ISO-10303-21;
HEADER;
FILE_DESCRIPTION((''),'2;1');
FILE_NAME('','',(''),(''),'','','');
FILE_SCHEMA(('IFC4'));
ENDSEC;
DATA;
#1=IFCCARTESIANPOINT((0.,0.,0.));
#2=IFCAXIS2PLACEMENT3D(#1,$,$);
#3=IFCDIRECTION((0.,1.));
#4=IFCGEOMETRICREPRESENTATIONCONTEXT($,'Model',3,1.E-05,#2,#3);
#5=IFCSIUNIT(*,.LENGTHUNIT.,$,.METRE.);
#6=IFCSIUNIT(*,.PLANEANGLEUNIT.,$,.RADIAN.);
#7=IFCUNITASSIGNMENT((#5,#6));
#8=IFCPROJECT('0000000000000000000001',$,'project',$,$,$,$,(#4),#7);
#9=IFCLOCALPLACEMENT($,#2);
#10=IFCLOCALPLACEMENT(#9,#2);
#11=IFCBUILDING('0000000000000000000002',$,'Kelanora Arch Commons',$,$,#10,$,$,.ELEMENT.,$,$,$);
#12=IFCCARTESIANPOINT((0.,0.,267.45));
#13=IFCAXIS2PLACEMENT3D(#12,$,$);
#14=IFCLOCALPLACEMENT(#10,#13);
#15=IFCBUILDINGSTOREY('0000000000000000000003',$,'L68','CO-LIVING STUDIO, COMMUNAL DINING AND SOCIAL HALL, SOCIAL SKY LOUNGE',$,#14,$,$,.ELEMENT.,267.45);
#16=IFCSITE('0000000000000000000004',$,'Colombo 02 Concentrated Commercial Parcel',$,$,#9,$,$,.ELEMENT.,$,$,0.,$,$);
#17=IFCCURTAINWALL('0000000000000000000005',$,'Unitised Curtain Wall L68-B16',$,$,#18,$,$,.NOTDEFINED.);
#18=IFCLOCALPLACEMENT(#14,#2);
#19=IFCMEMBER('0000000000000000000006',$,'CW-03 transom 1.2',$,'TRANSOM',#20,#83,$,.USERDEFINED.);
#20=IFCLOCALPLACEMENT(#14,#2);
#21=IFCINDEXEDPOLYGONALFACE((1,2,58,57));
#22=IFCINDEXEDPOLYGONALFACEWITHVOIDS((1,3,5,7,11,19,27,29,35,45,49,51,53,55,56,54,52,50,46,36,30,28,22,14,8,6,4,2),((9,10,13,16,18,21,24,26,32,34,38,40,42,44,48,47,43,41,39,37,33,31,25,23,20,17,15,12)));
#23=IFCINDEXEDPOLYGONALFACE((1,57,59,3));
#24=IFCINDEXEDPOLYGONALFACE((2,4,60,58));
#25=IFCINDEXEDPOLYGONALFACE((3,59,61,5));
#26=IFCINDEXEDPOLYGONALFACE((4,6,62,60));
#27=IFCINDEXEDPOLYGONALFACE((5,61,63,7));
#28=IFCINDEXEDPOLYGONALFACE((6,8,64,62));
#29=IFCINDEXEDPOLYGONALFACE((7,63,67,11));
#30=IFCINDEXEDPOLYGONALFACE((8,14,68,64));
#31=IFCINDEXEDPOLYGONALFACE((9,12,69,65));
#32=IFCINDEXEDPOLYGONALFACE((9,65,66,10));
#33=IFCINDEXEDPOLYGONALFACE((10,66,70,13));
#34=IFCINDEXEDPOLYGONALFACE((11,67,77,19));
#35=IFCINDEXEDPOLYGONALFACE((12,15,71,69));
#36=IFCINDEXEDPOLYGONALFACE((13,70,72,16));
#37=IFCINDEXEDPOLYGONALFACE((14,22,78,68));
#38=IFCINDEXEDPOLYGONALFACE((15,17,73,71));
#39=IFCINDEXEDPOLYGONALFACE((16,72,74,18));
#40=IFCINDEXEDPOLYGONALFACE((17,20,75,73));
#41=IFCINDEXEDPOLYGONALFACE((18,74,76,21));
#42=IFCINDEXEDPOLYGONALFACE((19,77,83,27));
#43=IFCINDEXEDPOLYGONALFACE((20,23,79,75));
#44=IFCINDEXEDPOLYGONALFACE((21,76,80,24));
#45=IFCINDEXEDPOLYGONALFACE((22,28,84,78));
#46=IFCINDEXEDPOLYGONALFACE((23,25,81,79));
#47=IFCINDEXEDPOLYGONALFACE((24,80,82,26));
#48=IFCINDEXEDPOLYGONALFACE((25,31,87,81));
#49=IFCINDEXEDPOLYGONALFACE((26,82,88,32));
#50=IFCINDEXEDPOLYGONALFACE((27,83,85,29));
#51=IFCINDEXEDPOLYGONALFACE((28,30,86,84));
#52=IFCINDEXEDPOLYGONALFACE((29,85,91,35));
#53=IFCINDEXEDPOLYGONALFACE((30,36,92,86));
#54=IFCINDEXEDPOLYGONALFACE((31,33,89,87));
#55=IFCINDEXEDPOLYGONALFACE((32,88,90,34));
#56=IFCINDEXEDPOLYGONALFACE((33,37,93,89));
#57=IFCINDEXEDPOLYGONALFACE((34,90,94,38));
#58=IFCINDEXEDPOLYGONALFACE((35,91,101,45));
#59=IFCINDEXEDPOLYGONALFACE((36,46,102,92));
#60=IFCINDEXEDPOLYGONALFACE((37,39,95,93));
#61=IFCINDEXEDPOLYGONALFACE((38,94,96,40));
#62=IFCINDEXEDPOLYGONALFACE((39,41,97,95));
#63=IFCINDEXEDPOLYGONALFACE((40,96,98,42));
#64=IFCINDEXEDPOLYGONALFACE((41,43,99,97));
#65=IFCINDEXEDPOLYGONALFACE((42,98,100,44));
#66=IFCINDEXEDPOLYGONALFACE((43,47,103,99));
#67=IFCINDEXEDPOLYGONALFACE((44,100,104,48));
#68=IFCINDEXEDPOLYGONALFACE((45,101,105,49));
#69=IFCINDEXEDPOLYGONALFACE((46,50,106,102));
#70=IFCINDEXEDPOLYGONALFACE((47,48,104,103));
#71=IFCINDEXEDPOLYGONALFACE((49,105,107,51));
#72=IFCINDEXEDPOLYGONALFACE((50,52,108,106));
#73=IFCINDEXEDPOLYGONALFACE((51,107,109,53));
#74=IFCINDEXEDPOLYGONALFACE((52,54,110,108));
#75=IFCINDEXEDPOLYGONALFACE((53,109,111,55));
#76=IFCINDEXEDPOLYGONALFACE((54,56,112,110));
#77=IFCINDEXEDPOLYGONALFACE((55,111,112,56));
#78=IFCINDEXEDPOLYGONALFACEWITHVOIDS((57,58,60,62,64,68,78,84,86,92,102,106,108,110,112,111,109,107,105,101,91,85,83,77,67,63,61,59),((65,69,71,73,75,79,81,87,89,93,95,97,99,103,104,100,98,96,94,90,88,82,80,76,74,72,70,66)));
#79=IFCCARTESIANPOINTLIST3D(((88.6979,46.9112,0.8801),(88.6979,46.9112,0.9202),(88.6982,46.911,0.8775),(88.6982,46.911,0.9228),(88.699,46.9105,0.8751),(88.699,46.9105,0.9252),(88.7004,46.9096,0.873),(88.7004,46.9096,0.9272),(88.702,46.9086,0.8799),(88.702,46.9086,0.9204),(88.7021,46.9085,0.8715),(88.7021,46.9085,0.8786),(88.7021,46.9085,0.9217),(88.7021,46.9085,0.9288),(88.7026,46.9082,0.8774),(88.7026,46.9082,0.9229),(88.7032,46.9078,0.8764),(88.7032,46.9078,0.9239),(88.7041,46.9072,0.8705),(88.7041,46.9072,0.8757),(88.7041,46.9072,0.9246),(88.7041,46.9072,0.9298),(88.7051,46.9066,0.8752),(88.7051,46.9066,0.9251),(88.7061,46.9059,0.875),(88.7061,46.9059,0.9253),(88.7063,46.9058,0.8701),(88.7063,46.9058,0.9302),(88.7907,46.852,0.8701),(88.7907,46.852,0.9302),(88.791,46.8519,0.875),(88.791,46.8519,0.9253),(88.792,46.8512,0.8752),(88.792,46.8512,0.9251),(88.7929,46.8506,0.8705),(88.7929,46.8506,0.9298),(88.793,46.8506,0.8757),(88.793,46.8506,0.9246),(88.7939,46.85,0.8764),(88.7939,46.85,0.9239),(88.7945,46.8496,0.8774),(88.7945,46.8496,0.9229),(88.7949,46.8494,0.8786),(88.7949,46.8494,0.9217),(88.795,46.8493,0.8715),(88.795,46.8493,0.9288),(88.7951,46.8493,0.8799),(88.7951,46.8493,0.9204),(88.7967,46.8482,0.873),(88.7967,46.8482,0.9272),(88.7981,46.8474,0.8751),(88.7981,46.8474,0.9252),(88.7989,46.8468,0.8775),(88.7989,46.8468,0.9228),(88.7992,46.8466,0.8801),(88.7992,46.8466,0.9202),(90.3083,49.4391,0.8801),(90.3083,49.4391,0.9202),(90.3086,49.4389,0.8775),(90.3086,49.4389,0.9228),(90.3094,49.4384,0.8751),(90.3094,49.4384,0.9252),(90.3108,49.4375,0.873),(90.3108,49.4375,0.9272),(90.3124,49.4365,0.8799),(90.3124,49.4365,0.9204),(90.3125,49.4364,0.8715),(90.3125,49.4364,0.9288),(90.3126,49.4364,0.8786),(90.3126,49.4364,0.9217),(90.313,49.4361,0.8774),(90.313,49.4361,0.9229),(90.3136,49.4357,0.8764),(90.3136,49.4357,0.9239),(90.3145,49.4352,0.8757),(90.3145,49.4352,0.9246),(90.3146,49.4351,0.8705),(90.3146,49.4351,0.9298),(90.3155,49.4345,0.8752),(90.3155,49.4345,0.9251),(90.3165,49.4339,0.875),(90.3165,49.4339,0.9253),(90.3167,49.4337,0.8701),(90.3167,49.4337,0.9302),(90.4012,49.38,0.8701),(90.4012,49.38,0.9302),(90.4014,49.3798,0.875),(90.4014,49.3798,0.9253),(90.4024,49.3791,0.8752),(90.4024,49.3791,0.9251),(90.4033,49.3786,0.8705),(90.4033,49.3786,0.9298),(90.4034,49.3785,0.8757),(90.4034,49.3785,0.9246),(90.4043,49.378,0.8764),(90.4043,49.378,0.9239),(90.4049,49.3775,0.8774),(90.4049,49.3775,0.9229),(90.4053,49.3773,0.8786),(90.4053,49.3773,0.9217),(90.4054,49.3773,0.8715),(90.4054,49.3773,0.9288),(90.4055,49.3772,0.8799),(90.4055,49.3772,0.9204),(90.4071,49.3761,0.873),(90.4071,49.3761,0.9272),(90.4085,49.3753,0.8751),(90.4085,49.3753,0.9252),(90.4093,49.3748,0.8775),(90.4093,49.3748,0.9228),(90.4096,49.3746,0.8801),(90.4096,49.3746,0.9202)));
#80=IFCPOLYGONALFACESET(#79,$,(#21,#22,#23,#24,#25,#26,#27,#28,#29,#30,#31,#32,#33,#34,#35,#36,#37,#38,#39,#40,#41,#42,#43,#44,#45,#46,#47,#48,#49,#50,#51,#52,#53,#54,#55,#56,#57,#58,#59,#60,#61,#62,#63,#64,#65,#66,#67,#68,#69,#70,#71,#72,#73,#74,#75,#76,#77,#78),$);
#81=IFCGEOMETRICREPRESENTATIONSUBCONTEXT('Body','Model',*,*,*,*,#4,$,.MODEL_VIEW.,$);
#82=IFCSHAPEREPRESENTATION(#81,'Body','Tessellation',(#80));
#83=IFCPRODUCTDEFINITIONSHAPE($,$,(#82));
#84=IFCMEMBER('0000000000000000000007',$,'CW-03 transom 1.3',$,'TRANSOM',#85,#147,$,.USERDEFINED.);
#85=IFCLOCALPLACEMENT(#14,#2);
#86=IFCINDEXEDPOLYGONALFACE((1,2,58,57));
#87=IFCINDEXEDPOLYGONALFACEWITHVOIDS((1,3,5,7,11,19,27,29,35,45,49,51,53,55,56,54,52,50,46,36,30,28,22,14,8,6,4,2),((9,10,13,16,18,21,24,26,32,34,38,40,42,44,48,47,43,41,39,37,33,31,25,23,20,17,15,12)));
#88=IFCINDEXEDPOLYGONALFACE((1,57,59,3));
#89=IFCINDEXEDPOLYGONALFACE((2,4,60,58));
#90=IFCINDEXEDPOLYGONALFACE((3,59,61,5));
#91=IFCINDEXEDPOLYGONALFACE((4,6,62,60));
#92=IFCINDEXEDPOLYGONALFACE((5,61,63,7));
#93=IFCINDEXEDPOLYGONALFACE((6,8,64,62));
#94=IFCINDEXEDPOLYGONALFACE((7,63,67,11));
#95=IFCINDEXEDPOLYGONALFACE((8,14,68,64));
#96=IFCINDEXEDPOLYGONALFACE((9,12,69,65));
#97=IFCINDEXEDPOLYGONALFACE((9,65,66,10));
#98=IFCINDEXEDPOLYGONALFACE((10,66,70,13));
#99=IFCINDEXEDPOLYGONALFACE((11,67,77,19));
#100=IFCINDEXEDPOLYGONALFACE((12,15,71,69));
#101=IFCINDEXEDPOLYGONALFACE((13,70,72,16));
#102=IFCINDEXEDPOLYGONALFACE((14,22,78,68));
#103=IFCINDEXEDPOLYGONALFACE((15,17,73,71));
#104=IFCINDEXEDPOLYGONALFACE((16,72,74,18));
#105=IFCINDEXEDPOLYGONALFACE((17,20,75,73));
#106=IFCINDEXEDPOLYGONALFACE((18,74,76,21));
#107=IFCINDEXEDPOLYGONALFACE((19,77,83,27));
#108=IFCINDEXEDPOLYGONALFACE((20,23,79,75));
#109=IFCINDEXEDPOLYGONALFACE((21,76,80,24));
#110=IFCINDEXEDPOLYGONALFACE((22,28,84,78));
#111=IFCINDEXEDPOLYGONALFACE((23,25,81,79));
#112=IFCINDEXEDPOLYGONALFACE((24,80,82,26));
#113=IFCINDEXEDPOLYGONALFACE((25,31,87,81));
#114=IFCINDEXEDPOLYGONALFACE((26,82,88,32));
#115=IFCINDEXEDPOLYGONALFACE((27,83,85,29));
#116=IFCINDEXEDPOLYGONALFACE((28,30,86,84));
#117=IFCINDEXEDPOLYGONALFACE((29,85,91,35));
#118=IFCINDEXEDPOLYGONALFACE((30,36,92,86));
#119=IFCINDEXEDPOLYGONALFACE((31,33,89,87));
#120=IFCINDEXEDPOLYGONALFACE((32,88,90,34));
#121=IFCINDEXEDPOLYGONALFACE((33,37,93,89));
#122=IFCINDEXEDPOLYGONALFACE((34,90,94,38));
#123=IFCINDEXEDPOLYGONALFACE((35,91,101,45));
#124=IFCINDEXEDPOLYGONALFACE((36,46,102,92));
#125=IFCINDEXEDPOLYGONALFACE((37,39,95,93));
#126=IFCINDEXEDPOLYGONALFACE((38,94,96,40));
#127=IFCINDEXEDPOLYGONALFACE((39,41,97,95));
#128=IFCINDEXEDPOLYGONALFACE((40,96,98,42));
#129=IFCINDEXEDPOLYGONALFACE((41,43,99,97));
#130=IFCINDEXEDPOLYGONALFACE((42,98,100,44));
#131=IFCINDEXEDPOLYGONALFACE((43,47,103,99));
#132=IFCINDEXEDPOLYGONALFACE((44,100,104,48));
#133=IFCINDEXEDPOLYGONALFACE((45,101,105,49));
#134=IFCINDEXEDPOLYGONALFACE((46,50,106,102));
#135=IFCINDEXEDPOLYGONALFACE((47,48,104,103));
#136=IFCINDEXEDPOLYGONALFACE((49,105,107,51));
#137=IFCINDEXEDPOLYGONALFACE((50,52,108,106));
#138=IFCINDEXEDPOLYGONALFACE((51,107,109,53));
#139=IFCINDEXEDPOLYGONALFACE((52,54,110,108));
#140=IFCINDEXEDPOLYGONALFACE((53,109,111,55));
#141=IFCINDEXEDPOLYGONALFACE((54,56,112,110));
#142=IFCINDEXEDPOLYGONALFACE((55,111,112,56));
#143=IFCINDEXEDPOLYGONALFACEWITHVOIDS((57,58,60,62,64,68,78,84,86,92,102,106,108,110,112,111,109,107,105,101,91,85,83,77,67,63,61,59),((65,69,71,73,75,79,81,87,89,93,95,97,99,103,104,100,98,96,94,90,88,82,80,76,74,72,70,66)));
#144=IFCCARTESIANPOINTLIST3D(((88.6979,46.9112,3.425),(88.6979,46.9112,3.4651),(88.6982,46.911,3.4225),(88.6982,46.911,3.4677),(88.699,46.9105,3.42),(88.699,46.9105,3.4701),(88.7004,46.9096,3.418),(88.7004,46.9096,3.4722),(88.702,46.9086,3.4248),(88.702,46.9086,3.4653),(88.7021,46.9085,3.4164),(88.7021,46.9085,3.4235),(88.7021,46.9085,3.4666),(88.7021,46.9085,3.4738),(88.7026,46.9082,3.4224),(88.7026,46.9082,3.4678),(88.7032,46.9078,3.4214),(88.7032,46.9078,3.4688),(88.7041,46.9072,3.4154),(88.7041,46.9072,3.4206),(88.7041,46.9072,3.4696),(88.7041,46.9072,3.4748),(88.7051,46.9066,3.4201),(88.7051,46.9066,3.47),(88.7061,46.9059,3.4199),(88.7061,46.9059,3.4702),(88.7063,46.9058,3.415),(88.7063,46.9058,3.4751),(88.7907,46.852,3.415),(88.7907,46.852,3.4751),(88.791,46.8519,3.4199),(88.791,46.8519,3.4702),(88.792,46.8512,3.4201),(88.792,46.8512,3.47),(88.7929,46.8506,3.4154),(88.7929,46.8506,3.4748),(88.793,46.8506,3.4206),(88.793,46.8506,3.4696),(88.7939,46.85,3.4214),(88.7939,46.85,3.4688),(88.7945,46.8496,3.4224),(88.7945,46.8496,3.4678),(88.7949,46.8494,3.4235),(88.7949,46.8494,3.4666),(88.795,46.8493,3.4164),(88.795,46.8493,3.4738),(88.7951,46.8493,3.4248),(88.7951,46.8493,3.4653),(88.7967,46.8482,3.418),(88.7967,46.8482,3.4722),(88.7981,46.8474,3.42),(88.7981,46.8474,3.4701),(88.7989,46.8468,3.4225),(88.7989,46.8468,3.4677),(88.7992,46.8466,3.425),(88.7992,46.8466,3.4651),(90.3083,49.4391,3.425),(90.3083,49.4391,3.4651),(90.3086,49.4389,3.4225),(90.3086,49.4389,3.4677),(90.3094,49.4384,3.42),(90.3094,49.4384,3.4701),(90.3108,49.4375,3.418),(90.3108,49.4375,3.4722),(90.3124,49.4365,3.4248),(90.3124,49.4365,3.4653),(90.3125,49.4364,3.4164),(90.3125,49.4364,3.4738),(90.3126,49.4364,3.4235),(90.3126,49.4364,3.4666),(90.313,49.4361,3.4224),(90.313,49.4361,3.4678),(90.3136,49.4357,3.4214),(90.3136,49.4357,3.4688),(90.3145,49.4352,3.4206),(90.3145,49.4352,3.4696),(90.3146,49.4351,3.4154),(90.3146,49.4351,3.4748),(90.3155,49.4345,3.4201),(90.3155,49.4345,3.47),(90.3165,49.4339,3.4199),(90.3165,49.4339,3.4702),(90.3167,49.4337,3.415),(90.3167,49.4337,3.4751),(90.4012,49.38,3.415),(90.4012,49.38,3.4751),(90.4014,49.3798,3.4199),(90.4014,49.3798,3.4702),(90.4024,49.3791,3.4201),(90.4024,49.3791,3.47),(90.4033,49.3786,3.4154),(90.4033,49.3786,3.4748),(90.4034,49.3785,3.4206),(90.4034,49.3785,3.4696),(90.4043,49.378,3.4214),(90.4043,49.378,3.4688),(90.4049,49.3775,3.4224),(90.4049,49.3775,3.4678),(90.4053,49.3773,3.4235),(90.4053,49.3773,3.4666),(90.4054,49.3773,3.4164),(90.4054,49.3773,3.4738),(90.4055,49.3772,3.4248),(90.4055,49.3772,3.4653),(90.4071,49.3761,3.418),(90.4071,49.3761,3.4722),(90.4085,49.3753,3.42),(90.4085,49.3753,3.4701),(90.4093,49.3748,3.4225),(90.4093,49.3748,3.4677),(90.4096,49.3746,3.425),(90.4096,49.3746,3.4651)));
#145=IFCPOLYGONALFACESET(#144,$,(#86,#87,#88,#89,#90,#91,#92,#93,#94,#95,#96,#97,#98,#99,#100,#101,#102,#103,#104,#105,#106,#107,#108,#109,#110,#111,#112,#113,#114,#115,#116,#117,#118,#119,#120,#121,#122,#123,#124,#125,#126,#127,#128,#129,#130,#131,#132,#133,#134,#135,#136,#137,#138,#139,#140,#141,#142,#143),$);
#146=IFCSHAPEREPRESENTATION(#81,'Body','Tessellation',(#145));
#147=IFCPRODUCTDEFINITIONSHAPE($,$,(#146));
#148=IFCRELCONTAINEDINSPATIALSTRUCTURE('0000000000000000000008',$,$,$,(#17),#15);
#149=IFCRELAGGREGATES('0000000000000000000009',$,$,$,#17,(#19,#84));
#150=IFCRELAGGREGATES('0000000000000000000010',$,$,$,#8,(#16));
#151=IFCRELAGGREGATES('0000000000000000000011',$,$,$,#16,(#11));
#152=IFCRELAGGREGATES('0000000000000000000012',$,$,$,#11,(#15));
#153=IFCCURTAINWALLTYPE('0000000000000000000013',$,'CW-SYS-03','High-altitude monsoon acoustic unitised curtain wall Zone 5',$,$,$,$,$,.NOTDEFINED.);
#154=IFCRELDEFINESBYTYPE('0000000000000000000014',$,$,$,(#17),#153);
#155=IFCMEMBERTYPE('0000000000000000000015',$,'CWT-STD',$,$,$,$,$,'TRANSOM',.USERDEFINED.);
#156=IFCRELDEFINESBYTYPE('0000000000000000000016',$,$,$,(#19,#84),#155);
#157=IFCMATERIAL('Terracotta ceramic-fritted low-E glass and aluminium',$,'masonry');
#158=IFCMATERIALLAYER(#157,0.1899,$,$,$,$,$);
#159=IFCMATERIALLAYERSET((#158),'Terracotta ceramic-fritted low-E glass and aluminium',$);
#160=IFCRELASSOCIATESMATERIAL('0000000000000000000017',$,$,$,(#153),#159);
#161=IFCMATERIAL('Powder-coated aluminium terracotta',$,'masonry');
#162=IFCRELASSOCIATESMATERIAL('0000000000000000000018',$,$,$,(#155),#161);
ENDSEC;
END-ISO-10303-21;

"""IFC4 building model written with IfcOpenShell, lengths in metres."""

from ifc_helpers import new_model, si_unit, direction, frame, origin, origin_2d, place, context, subcontext, project, spatial, hollow_rectangle, extrude, material, layer, layer_set, material_profile, profile_set, type_object, element, aggregate, save


model = new_model("IFC4")

# Units and contexts
model_context = context("Model", 3, precision=1e-05, world=origin(), true_north=direction((0.0, 1.0)))
body_context = subcontext(model_context, "Body", "Model", "MODEL_VIEW")
ifc_project = project(units=[si_unit("LENGTHUNIT", "METRE"), si_unit("PLANEANGLEUNIT", "RADIAN")], contexts=[model_context])

# Site, building, storey
site_placement = place(None, origin())
site = spatial("IfcSite", under=ifc_project, at=site_placement, Name="Colombo 02 Concentrated Commercial Parcel", CompositionType="ELEMENT", RefElevation=0.0)
building_placement = place(site_placement, origin())
building = spatial("IfcBuilding", under=site, at=building_placement, Name="Kelanora Arch Commons", CompositionType="ELEMENT")
storey_placement = place(building_placement, frame((0.0, 0.0, 267.45)))
storey = spatial("IfcBuildingStorey", under=building, at=storey_placement, Name="L68", Description="CO-LIVING STUDIO, COMMUNAL DINING AND SOCIAL HALL, SOCIAL SKY LOUNGE", CompositionType="ELEMENT", Elevation=267.45)

# Shared definitions
ifc_material_1 = material(Name="Terracotta ceramic-fritted low-E glass and aluminium", Category="masonry")
ifc_layer_1 = layer(ifc_material_1, 0.1899)
ifc_layer_set_1 = layer_set([ifc_layer_1], Name="Terracotta ceramic-fritted low-E glass and aluminium")
curtain_wall_type = type_object("IfcCurtainWallType", Name="CW-SYS-03", Description="High-altitude monsoon acoustic unitised curtain wall Zone 5", PredefinedType="NOTDEFINED", material=ifc_layer_set_1)
ifc_material_2 = material(Name="Powder-coated aluminium terracotta", Category="masonry")

# Curtain wall, members
curtain_wall_1_placement = place(storey_placement, origin())
curtain_wall_1 = element("IfcCurtainWall", 1, at=curtain_wall_1_placement, inside=storey, type_object=curtain_wall_type, Name="Unitised Curtain Wall L68-B16", PredefinedType="NOTDEFINED")
ifc_material_profile_1 = material_profile(ifc_material_2, hollow_rectangle(XDim=0.1201, YDim=0.0601, WallThickness=0.0049, InnerFilletRadius=0.0049, OuterFilletRadius=0.01, at=origin_2d()), Name="CWT120x60")
ifc_profile_set_1 = profile_set([ifc_material_profile_1], Name="Powder-coated aluminium terracotta")
member_type_1 = type_object("IfcMemberType", Name="CWT-STD", ElementType="TRANSOM", PredefinedType="USERDEFINED", material=ifc_profile_set_1)
member_1_placement = place(storey_placement, frame((88.7485, 46.8789, 0.9001), z_axis=(0.537287, 0.8434, 0.0), x_axis=(-0.8434, 0.537287, 0.0)))
member_1 = element("IfcMember", 2, at=member_1_placement, type_object=member_type_1, Name="CW-03 transom 1.2", ObjectType="TRANSOM", PredefinedType="USERDEFINED", context=body_context, shape_type="SweptSolid", body=[
    extrude(hollow_rectangle(XDim=0.1201, YDim=0.0601, WallThickness=0.0049, InnerFilletRadius=0.0049, OuterFilletRadius=0.01, at=origin_2d()), origin(), (0.0, 0.0, 1.0), 2.9973),
])
member_2_placement = place(storey_placement, frame((88.7485, 46.8789, 3.4451), z_axis=(0.537287, 0.8434, 0.0), x_axis=(-0.8434, 0.537287, 0.0)))
member_2 = element("IfcMember", 3, at=member_2_placement, type_object=member_type_1, Name="CW-03 transom 1.3", ObjectType="TRANSOM", PredefinedType="USERDEFINED", context=body_context, shape_type="SweptSolid", body=[
    extrude(hollow_rectangle(XDim=0.1201, YDim=0.0601, WallThickness=0.0049, InnerFilletRadius=0.0049, OuterFilletRadius=0.01, at=origin_2d()), origin(), (0.0, 0.0, 1.0), 2.9973),
])
aggregate(curtain_wall_1, [member_1, member_2])

save(model, "model.ifc")
